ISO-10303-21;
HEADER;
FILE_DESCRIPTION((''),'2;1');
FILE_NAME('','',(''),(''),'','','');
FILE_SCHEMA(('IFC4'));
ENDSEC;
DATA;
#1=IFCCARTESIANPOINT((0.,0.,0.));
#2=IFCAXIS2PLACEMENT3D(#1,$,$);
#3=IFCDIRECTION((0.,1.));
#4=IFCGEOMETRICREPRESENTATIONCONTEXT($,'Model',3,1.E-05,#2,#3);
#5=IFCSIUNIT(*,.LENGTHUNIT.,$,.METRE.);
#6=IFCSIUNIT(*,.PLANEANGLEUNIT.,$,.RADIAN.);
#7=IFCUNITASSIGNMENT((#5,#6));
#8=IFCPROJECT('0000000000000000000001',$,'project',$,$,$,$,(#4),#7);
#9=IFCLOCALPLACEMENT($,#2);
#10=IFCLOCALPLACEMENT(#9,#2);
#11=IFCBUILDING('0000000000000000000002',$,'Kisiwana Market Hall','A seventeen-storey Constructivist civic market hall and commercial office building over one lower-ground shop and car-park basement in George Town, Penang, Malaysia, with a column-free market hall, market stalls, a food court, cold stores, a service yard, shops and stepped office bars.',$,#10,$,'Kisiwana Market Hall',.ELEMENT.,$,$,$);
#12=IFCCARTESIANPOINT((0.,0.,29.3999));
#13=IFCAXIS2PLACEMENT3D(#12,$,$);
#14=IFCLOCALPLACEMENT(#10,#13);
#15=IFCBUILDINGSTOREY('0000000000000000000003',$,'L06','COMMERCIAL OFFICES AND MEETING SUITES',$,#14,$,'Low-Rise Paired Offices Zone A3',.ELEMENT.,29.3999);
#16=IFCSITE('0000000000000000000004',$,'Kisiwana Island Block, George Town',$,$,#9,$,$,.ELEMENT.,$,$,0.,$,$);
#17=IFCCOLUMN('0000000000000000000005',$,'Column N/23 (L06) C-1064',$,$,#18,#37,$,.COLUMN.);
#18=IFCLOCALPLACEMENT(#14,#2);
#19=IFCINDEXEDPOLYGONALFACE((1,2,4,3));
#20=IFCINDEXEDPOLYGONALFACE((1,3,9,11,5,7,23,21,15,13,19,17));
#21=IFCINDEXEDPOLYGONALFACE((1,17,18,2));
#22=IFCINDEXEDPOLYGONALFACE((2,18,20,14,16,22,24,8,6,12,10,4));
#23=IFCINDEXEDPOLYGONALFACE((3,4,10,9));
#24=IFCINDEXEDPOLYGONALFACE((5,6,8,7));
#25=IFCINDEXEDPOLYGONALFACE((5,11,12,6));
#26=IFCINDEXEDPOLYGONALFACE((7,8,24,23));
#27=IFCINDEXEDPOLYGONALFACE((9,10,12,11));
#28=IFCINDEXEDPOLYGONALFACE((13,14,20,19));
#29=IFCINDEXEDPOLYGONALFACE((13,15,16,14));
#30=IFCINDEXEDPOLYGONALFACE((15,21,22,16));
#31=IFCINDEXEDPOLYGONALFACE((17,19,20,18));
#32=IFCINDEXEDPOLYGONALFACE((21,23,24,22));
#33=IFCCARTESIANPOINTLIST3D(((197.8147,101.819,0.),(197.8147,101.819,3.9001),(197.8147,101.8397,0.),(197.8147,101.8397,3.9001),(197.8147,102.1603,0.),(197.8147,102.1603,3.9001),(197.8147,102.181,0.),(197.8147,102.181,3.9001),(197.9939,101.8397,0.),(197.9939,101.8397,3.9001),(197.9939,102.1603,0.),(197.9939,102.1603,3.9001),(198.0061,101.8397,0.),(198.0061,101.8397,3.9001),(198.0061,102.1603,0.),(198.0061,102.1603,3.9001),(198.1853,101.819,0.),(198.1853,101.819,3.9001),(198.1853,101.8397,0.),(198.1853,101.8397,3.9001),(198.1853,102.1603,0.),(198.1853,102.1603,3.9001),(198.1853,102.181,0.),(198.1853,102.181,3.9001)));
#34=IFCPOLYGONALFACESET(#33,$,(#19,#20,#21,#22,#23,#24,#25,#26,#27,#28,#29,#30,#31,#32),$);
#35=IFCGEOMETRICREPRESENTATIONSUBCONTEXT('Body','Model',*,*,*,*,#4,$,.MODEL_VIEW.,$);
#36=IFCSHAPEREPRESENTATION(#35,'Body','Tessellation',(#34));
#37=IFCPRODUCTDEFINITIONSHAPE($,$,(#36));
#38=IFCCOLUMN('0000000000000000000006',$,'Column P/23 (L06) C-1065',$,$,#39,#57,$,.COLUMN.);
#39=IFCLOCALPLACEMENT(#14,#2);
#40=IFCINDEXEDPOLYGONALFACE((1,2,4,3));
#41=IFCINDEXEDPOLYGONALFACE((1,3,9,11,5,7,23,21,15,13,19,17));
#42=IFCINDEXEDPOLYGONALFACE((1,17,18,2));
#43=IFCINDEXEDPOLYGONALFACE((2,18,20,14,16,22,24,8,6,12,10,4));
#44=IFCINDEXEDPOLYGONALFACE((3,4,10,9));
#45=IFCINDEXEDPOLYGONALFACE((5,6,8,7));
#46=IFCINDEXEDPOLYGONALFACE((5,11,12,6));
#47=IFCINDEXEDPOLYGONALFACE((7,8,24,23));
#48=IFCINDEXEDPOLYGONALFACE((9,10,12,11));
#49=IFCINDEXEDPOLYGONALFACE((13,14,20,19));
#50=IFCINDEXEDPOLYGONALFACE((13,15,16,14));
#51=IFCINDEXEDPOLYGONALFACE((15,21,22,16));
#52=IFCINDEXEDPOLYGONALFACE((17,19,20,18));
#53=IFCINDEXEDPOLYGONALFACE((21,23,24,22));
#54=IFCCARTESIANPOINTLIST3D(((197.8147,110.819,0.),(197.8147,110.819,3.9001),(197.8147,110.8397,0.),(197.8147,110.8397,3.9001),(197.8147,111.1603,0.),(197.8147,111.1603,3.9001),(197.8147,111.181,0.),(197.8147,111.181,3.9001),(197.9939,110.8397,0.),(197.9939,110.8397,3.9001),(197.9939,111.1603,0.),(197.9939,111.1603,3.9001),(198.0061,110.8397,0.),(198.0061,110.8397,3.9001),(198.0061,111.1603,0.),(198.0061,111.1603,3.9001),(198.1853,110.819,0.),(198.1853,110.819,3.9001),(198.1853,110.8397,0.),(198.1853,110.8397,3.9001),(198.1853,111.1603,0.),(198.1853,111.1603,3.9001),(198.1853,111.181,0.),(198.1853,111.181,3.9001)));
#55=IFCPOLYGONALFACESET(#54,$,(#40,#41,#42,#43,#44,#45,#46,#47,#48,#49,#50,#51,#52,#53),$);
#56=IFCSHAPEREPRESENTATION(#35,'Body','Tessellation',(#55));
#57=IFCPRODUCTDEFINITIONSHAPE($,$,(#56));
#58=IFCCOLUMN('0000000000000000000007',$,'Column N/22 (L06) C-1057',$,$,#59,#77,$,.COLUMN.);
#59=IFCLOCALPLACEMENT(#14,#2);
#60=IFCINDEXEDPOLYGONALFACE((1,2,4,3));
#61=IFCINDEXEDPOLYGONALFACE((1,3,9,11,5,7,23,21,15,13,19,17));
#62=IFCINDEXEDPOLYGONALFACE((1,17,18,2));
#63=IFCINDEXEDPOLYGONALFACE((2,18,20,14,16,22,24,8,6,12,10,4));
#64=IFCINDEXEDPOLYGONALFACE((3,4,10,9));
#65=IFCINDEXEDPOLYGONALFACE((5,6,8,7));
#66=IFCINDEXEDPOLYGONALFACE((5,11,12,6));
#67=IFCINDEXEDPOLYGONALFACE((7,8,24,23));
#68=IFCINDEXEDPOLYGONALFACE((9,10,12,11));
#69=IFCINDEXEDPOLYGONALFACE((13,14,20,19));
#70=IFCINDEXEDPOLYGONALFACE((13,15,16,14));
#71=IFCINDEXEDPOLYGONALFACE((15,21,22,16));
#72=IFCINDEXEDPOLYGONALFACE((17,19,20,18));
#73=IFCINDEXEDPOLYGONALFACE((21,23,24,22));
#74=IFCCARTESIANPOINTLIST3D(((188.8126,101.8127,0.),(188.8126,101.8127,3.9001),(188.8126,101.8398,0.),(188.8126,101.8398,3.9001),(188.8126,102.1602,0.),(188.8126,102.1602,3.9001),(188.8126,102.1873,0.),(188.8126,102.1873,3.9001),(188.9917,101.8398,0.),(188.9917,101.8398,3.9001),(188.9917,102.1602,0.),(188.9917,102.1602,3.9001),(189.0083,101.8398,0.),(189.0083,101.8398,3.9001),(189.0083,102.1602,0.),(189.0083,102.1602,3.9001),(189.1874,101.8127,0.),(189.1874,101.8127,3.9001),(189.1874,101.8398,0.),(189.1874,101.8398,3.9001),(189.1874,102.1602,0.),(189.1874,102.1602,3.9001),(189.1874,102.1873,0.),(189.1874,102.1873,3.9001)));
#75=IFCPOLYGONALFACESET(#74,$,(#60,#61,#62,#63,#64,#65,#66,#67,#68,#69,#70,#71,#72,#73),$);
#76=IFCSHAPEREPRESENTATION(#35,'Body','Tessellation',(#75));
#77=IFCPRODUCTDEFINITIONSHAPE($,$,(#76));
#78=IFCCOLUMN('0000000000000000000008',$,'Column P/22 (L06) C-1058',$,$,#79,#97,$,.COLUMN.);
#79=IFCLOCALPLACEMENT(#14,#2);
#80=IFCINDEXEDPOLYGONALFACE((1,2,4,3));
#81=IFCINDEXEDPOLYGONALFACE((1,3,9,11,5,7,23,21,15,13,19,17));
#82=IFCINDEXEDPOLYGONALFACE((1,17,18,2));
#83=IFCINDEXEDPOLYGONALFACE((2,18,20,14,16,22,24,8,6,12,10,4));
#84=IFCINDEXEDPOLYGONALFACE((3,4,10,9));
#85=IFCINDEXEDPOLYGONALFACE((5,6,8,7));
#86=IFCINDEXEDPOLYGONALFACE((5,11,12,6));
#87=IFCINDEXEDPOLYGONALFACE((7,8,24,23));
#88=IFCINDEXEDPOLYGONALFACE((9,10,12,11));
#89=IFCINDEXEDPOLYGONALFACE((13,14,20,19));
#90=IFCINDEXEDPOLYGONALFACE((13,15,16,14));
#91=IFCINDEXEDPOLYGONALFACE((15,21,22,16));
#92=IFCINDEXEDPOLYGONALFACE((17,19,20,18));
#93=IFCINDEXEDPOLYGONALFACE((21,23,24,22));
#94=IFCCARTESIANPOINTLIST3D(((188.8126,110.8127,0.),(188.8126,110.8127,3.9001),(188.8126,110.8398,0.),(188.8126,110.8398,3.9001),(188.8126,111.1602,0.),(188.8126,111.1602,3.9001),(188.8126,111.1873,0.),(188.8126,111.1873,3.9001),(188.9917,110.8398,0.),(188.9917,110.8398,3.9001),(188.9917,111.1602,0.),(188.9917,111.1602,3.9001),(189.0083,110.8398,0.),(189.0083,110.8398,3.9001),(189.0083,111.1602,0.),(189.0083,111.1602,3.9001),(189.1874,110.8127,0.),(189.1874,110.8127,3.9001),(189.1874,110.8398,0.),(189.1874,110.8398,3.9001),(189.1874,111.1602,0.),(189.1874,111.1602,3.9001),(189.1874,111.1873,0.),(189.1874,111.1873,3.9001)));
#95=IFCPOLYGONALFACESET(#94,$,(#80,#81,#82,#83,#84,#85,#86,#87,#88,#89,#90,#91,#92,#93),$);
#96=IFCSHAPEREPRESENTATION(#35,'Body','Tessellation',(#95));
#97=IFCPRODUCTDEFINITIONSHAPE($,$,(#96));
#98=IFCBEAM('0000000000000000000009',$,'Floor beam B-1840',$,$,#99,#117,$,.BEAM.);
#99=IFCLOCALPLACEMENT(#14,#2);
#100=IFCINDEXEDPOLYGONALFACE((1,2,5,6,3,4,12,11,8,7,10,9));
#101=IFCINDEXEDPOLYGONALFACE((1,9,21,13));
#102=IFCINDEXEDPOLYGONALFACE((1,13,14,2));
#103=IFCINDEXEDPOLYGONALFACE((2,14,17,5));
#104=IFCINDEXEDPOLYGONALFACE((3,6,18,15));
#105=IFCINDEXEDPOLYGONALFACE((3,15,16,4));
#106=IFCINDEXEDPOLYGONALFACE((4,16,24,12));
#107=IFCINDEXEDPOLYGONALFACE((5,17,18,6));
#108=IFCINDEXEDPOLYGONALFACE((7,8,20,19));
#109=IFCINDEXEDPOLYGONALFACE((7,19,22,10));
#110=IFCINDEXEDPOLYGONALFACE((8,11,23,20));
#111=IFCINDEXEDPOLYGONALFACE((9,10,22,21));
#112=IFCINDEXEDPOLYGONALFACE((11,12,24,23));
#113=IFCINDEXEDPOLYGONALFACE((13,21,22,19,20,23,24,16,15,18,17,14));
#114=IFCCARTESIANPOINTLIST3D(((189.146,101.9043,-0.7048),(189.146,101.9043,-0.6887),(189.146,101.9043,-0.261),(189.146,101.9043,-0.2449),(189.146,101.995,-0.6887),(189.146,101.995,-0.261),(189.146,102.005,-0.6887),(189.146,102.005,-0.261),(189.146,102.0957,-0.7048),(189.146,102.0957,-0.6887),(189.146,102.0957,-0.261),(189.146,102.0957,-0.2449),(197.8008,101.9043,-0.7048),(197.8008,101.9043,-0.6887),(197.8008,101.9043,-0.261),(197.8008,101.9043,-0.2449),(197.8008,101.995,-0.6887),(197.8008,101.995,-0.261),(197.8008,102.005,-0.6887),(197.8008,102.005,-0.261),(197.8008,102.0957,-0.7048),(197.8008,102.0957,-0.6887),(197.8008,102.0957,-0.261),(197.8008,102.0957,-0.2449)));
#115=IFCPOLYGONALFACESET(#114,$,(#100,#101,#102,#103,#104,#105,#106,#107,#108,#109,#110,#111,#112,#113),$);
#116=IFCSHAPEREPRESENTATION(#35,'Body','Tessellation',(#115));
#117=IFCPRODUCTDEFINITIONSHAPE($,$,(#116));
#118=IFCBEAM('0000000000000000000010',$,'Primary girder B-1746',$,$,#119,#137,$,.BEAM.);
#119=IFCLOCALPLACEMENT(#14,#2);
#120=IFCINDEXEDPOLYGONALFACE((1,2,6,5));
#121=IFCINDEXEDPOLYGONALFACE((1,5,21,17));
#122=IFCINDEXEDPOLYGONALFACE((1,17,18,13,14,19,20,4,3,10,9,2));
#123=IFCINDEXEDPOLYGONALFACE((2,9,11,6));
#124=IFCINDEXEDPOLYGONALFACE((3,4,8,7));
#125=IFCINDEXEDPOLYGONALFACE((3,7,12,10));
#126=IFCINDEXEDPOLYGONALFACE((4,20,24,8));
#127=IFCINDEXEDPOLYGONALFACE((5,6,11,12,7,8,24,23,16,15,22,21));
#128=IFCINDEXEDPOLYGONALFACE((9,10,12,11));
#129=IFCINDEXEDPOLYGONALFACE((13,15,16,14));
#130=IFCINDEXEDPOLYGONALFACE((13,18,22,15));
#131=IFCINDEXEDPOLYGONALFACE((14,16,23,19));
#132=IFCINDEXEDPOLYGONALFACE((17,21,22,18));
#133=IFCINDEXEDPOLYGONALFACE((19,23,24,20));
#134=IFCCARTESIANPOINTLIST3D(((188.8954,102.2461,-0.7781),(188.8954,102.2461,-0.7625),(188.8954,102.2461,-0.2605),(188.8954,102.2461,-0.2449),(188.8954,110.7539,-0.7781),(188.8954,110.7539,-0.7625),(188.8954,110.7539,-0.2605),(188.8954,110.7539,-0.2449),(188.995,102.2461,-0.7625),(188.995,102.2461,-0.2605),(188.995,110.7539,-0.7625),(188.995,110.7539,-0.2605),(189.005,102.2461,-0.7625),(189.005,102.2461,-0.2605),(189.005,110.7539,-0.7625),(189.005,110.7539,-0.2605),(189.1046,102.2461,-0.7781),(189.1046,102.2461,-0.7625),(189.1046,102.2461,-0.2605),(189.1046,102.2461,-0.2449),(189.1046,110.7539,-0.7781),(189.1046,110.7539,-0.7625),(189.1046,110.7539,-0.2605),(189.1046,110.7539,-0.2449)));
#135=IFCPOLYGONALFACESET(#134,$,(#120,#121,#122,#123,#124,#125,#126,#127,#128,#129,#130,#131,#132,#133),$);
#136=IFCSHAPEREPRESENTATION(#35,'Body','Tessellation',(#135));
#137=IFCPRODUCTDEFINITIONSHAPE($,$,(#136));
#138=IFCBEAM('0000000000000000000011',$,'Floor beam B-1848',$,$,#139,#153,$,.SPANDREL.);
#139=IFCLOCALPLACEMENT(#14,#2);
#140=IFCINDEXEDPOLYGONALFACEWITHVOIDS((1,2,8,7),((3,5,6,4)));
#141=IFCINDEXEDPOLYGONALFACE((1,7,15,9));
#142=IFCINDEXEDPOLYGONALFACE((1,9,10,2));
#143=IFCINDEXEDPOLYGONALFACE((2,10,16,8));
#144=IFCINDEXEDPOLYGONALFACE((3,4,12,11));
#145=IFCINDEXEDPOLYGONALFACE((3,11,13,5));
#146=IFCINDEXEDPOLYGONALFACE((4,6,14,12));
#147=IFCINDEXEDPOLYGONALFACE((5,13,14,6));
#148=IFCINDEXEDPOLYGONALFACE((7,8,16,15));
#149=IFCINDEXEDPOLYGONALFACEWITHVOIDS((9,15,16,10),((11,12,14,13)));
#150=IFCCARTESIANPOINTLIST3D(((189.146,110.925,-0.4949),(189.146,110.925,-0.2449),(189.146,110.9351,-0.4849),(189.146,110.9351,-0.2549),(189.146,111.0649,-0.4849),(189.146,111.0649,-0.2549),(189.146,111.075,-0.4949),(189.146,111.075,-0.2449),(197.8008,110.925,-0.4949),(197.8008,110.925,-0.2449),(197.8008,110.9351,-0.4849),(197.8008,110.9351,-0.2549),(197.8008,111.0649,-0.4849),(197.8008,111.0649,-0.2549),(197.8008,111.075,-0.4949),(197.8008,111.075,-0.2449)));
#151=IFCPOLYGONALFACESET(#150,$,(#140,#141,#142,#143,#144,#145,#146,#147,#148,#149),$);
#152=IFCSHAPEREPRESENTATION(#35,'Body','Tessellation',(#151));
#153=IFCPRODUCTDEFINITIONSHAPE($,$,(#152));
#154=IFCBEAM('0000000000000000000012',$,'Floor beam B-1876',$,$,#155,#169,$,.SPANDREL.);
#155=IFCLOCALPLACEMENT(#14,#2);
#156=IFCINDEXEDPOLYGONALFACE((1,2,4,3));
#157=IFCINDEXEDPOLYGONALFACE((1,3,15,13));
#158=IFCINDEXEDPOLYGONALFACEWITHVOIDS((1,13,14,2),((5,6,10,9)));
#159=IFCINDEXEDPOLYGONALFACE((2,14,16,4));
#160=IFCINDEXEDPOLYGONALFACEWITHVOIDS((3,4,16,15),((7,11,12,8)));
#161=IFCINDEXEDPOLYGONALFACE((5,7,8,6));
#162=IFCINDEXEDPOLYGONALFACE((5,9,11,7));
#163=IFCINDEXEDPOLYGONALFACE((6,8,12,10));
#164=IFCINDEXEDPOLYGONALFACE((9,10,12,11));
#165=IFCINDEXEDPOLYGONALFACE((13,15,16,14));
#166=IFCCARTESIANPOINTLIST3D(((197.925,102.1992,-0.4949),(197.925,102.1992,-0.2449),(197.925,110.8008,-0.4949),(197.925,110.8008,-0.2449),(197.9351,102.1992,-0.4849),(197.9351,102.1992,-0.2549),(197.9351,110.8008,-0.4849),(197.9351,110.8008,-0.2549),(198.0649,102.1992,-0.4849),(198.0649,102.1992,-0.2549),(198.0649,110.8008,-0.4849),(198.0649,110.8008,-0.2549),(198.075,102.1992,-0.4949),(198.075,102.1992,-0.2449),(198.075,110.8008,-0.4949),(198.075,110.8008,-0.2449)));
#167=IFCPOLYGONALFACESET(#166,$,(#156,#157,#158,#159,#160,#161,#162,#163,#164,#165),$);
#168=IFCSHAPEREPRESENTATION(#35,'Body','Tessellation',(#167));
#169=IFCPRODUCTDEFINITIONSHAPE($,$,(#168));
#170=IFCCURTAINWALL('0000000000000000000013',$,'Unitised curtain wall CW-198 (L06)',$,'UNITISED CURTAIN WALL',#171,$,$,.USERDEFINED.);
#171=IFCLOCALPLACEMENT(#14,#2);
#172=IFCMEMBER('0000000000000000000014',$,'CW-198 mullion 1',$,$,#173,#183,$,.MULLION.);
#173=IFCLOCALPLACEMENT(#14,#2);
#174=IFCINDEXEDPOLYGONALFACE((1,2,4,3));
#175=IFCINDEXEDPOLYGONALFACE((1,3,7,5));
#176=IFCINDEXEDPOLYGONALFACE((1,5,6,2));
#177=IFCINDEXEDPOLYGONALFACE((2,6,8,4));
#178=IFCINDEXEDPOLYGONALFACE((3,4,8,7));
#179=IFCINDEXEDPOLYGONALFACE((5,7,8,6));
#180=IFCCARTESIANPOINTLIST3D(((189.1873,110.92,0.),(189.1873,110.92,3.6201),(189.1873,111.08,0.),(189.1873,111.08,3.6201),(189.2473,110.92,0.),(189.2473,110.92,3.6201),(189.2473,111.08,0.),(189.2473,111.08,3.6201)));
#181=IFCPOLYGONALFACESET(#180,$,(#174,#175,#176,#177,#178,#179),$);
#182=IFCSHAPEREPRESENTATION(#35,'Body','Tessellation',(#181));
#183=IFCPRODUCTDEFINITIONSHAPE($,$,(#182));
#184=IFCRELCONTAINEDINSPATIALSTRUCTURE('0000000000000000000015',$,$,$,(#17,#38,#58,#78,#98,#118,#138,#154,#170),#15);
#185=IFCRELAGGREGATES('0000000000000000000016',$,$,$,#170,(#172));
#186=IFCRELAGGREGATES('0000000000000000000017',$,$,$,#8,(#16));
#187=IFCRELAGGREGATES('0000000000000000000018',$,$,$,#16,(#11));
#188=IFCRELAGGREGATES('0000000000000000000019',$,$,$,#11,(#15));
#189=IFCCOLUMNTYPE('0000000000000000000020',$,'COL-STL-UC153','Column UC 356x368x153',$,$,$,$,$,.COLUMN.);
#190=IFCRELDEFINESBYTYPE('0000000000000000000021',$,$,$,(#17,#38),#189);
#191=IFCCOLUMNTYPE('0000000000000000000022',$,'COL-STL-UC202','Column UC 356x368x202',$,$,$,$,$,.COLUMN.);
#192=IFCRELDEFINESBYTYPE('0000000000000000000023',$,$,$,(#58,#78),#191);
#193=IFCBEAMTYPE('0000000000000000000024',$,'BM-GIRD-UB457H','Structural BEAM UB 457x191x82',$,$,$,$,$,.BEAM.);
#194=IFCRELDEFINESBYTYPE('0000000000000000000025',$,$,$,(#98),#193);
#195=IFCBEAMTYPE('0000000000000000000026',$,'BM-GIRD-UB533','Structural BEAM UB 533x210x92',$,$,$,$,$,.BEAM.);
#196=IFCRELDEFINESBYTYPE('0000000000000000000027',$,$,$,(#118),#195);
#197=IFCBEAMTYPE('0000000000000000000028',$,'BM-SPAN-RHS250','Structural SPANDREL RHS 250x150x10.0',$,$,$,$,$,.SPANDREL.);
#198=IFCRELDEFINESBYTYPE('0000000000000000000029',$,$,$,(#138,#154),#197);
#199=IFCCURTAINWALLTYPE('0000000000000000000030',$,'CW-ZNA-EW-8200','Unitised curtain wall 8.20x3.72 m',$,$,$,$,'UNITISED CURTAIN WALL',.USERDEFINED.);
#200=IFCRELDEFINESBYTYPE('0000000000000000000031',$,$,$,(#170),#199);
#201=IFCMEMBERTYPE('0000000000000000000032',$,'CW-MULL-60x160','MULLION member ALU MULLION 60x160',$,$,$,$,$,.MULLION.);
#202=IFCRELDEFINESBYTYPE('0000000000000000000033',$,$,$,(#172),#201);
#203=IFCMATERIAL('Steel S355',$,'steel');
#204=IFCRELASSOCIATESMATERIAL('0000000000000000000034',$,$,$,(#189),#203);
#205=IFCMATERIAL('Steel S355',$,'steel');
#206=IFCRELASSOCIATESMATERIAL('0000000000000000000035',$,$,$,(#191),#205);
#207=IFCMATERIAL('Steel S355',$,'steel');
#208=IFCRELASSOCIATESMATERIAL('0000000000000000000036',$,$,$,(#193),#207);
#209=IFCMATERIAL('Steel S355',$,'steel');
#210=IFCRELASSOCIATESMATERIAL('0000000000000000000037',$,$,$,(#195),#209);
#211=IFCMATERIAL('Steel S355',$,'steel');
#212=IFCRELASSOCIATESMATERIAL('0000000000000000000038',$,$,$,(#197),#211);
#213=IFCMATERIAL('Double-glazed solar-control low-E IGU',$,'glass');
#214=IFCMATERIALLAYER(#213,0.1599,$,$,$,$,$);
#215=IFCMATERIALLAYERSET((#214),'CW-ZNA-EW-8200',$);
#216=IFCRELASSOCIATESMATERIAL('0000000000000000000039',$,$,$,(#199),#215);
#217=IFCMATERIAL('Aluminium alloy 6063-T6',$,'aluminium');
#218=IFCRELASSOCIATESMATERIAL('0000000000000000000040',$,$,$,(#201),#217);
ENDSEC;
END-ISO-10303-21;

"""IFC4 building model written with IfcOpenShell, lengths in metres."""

from ifc_helpers import new_model, si_unit, direction, frame, origin, origin_2d, place, context, subcontext, project, spatial, rectangle, hollow_rectangle, i_section, extrude, material, layer, layer_set, material_profile, profile_set, type_object, element, aggregate, save


model = new_model("IFC4")

# Units and contexts
model_context = context("Model", 3, precision=1e-05, world=origin(), true_north=direction((0.0, 1.0)))
body_context = subcontext(model_context, "Body", "Model", "MODEL_VIEW")
ifc_project = project(units=[si_unit("LENGTHUNIT", "METRE"), si_unit("PLANEANGLEUNIT", "RADIAN")], contexts=[model_context])

# Site, building, storey
site_placement = place(None, origin())
site = spatial("IfcSite", under=ifc_project, at=site_placement, Name="Kisiwana Island Block, George Town", CompositionType="ELEMENT", RefElevation=0.0)
building_placement = place(site_placement, origin())
building = spatial("IfcBuilding", under=site, at=building_placement, Name="Kisiwana Market Hall", Description="A seventeen-storey Constructivist civic market hall and commercial office building over one lower-ground shop and car-park basement in George Town, Penang, Malaysia, with a column-free market hall, market stalls, a food court, cold stores, a service yard, shops and stepped office bars.", LongName="Kisiwana Market Hall", CompositionType="ELEMENT")
storey_placement = place(building_placement, frame((0.0, 0.0, 29.3999)))
storey = spatial("IfcBuildingStorey", under=building, at=storey_placement, Name="L06", Description="COMMERCIAL OFFICES AND MEETING SUITES", LongName="Low-Rise Paired Offices Zone A3", CompositionType="ELEMENT", Elevation=29.3999)

# Columns
ifc_material_1 = material(Name="Steel S355", Category="steel")
ifc_material_profile_1 = material_profile(ifc_material_1, i_section(OverallWidth=0.3706, OverallDepth=0.3621, WebThickness=0.0122, FlangeThickness=0.0208, at=origin_2d()), Name="UC 356x368x153")
ifc_profile_set_1 = profile_set([ifc_material_profile_1], Name="Steel S355")
column_type_1 = type_object("IfcColumnType", Name="COL-STL-UC153", Description="Column UC 356x368x153", PredefinedType="COLUMN", material=ifc_profile_set_1)
for number, where, z_axis, x_axis, name in (
    (1, (198.0, 102.0, 0.0), (0.0, 0.0, 1.0), (1.0, 0.0, 0.0), "Column N/23 (L06) C-1064"),
    (2, (198.0, 111.0, 0.0), (0.0, 0.0, 1.0), (1.0, 0.0, 0.0), "Column P/23 (L06) C-1065"),
):
    element("IfcColumn", number, at=place(storey_placement, frame(where, z_axis=z_axis, x_axis=x_axis)), inside=storey, type_object=column_type_1, Name=name, PredefinedType="COLUMN", context=body_context, shape_type="SweptSolid", body=[
        extrude(i_section(OverallWidth=0.3706, OverallDepth=0.3621, WebThickness=0.0122, FlangeThickness=0.0208, at=origin_2d()), origin(), (0.0, 0.0, 1.0), 3.9001),
    ])
ifc_material_2 = material(Name="Steel S355", Category="steel")
ifc_material_profile_2 = material_profile(ifc_material_2, i_section(OverallWidth=0.3748, OverallDepth=0.3745, WebThickness=0.0166, FlangeThickness=0.0271, at=origin_2d()), Name="UC 356x368x202")
ifc_profile_set_2 = profile_set([ifc_material_profile_2], Name="Steel S355")
column_type_2 = type_object("IfcColumnType", Name="COL-STL-UC202", Description="Column UC 356x368x202", PredefinedType="COLUMN", material=ifc_profile_set_2)
for number, where, z_axis, x_axis, name in (
    (3, (189.0, 102.0, 0.0), (0.0, 0.0, 1.0), (1.0, 0.0, 0.0), "Column N/22 (L06) C-1057"),
    (4, (189.0, 111.0, 0.0), (0.0, 0.0, 1.0), (1.0, 0.0, 0.0), "Column P/22 (L06) C-1058"),
):
    element("IfcColumn", number, at=place(storey_placement, frame(where, z_axis=z_axis, x_axis=x_axis)), inside=storey, type_object=column_type_2, Name=name, PredefinedType="COLUMN", context=body_context, shape_type="SweptSolid", body=[
        extrude(i_section(OverallWidth=0.3748, OverallDepth=0.3745, WebThickness=0.0166, FlangeThickness=0.0271, at=origin_2d()), origin(), (0.0, 0.0, 1.0), 3.9001),
    ])

# Beams
ifc_material_3 = material(Name="Steel S355", Category="steel")
ifc_material_profile_3 = material_profile(ifc_material_3, i_section(OverallWidth=0.1914, OverallDepth=0.46, WebThickness=0.01, FlangeThickness=0.0161, at=origin_2d()), Name="UB 457x191x82")
ifc_profile_set_3 = profile_set([ifc_material_profile_3], Name="Steel S355")
beam_type_1 = type_object("IfcBeamType", Name="BM-GIRD-UB457H", Description="Structural BEAM UB 457x191x82", PredefinedType="BEAM", material=ifc_profile_set_3)
beam_1_placement = place(storey_placement, frame((189.146, 102.0, -0.4749), z_axis=(1.0, 0.0, 0.0), x_axis=(0.0, 1.0, 0.0)))
element("IfcBeam", 5, at=beam_1_placement, inside=storey, type_object=beam_type_1, Name="Floor beam B-1840", PredefinedType="BEAM", context=body_context, shape_type="SweptSolid", body=[
    extrude(i_section(OverallWidth=0.1914, OverallDepth=0.46, WebThickness=0.01, FlangeThickness=0.0161, at=origin_2d()), origin(), (0.0, 0.0, 1.0), 8.6548),
])
ifc_material_4 = material(Name="Steel S355", Category="steel")
ifc_material_profile_4 = material_profile(ifc_material_4, i_section(OverallWidth=0.2092, OverallDepth=0.5332, WebThickness=0.01, FlangeThickness=0.0156, at=origin_2d()), Name="UB 533x210x92")
ifc_profile_set_4 = profile_set([ifc_material_profile_4], Name="Steel S355")
beam_type_2 = type_object("IfcBeamType", Name="BM-GIRD-UB533", Description="Structural BEAM UB 533x210x92", PredefinedType="BEAM", material=ifc_profile_set_4)
beam_2_placement = place(storey_placement, frame((189.0, 102.2461, -0.5115), z_axis=(0.0, 1.0, 0.0), x_axis=(-1.0, 0.0, 0.0)))
element("IfcBeam", 6, at=beam_2_placement, inside=storey, type_object=beam_type_2, Name="Primary girder B-1746", PredefinedType="BEAM", context=body_context, shape_type="SweptSolid", body=[
    extrude(i_section(OverallWidth=0.2092, OverallDepth=0.5332, WebThickness=0.01, FlangeThickness=0.0156, at=origin_2d()), origin(), (0.0, 0.0, 1.0), 8.5078),
])
ifc_material_5 = material(Name="Steel S355", Category="steel")
ifc_material_profile_5 = material_profile(ifc_material_5, hollow_rectangle(XDim=0.1499, YDim=0.25, WallThickness=0.01, at=origin_2d()), Name="RHS 250x150x10.0")
ifc_profile_set_5 = profile_set([ifc_material_profile_5], Name="Steel S355")
beam_type_3 = type_object("IfcBeamType", Name="BM-SPAN-RHS250", Description="Structural SPANDREL RHS 250x150x10.0", PredefinedType="SPANDREL", material=ifc_profile_set_5)
beam_3_placement = place(storey_placement, frame((189.146, 111.0, -0.3699), z_axis=(1.0, 0.0, 0.0), x_axis=(0.0, 1.0, 0.0)))
element("IfcBeam", 7, at=beam_3_placement, inside=storey, type_object=beam_type_3, Name="Floor beam B-1848", PredefinedType="SPANDREL", context=body_context, shape_type="SweptSolid", body=[
    extrude(hollow_rectangle(XDim=0.1499, YDim=0.25, WallThickness=0.01, at=origin_2d()), origin(), (0.0, 0.0, 1.0), 8.6548),
])
beam_4_placement = place(storey_placement, frame((198.0, 102.1992, -0.3699), z_axis=(0.0, 1.0, 0.0), x_axis=(-1.0, 0.0, 0.0)))
element("IfcBeam", 8, at=beam_4_placement, inside=storey, type_object=beam_type_3, Name="Floor beam B-1876", PredefinedType="SPANDREL", context=body_context, shape_type="SweptSolid", body=[
    extrude(hollow_rectangle(XDim=0.1499, YDim=0.25, WallThickness=0.01, at=origin_2d()), origin(), (0.0, 0.0, 1.0), 8.6016),
])

# Curtain wall, member
ifc_material_6 = material(Name="Double-glazed solar-control low-E IGU", Category="glass")
ifc_layer_1 = layer(ifc_material_6, 0.1599)
ifc_layer_set_1 = layer_set([ifc_layer_1], Name="CW-ZNA-EW-8200")
curtain_wall_type = type_object("IfcCurtainWallType", Name="CW-ZNA-EW-8200", Description="Unitised curtain wall 8.20x3.72 m", ElementType="UNITISED CURTAIN WALL", PredefinedType="USERDEFINED", material=ifc_layer_set_1)
curtain_wall_1_placement = place(storey_placement, origin())
curtain_wall_1 = element("IfcCurtainWall", 9, at=curtain_wall_1_placement, inside=storey, type_object=curtain_wall_type, Name="Unitised curtain wall CW-198 (L06)", ObjectType="UNITISED CURTAIN WALL", PredefinedType="USERDEFINED")
ifc_material_7 = material(Name="Aluminium alloy 6063-T6", Category="aluminium")
ifc_material_profile_6 = material_profile(ifc_material_7, rectangle(XDim=0.0601, YDim=0.1599, at=origin_2d()), Name="ALU MULLION 60x160")
ifc_profile_set_6 = profile_set([ifc_material_profile_6], Name="Aluminium alloy 6063-T6")
member_type_1 = type_object("IfcMemberType", Name="CW-MULL-60x160", Description="MULLION member ALU MULLION 60x160", PredefinedType="MULLION", material=ifc_profile_set_6)
member_1_placement = place(storey_placement, frame((189.2173, 111.0, 0.0), z_axis=(0.0, 0.0, 1.0), x_axis=(1.0, 0.0, 0.0)))
member_1 = element("IfcMember", 10, at=member_1_placement, type_object=member_type_1, Name="CW-198 mullion 1", PredefinedType="MULLION", context=body_context, shape_type="SweptSolid", body=[
    extrude(rectangle(XDim=0.0601, YDim=0.1599, at=origin_2d()), origin(), (0.0, 0.0, 1.0), 3.6201),
])

aggregate(curtain_wall_1, [member_1])

save(model, "model.ifc")
